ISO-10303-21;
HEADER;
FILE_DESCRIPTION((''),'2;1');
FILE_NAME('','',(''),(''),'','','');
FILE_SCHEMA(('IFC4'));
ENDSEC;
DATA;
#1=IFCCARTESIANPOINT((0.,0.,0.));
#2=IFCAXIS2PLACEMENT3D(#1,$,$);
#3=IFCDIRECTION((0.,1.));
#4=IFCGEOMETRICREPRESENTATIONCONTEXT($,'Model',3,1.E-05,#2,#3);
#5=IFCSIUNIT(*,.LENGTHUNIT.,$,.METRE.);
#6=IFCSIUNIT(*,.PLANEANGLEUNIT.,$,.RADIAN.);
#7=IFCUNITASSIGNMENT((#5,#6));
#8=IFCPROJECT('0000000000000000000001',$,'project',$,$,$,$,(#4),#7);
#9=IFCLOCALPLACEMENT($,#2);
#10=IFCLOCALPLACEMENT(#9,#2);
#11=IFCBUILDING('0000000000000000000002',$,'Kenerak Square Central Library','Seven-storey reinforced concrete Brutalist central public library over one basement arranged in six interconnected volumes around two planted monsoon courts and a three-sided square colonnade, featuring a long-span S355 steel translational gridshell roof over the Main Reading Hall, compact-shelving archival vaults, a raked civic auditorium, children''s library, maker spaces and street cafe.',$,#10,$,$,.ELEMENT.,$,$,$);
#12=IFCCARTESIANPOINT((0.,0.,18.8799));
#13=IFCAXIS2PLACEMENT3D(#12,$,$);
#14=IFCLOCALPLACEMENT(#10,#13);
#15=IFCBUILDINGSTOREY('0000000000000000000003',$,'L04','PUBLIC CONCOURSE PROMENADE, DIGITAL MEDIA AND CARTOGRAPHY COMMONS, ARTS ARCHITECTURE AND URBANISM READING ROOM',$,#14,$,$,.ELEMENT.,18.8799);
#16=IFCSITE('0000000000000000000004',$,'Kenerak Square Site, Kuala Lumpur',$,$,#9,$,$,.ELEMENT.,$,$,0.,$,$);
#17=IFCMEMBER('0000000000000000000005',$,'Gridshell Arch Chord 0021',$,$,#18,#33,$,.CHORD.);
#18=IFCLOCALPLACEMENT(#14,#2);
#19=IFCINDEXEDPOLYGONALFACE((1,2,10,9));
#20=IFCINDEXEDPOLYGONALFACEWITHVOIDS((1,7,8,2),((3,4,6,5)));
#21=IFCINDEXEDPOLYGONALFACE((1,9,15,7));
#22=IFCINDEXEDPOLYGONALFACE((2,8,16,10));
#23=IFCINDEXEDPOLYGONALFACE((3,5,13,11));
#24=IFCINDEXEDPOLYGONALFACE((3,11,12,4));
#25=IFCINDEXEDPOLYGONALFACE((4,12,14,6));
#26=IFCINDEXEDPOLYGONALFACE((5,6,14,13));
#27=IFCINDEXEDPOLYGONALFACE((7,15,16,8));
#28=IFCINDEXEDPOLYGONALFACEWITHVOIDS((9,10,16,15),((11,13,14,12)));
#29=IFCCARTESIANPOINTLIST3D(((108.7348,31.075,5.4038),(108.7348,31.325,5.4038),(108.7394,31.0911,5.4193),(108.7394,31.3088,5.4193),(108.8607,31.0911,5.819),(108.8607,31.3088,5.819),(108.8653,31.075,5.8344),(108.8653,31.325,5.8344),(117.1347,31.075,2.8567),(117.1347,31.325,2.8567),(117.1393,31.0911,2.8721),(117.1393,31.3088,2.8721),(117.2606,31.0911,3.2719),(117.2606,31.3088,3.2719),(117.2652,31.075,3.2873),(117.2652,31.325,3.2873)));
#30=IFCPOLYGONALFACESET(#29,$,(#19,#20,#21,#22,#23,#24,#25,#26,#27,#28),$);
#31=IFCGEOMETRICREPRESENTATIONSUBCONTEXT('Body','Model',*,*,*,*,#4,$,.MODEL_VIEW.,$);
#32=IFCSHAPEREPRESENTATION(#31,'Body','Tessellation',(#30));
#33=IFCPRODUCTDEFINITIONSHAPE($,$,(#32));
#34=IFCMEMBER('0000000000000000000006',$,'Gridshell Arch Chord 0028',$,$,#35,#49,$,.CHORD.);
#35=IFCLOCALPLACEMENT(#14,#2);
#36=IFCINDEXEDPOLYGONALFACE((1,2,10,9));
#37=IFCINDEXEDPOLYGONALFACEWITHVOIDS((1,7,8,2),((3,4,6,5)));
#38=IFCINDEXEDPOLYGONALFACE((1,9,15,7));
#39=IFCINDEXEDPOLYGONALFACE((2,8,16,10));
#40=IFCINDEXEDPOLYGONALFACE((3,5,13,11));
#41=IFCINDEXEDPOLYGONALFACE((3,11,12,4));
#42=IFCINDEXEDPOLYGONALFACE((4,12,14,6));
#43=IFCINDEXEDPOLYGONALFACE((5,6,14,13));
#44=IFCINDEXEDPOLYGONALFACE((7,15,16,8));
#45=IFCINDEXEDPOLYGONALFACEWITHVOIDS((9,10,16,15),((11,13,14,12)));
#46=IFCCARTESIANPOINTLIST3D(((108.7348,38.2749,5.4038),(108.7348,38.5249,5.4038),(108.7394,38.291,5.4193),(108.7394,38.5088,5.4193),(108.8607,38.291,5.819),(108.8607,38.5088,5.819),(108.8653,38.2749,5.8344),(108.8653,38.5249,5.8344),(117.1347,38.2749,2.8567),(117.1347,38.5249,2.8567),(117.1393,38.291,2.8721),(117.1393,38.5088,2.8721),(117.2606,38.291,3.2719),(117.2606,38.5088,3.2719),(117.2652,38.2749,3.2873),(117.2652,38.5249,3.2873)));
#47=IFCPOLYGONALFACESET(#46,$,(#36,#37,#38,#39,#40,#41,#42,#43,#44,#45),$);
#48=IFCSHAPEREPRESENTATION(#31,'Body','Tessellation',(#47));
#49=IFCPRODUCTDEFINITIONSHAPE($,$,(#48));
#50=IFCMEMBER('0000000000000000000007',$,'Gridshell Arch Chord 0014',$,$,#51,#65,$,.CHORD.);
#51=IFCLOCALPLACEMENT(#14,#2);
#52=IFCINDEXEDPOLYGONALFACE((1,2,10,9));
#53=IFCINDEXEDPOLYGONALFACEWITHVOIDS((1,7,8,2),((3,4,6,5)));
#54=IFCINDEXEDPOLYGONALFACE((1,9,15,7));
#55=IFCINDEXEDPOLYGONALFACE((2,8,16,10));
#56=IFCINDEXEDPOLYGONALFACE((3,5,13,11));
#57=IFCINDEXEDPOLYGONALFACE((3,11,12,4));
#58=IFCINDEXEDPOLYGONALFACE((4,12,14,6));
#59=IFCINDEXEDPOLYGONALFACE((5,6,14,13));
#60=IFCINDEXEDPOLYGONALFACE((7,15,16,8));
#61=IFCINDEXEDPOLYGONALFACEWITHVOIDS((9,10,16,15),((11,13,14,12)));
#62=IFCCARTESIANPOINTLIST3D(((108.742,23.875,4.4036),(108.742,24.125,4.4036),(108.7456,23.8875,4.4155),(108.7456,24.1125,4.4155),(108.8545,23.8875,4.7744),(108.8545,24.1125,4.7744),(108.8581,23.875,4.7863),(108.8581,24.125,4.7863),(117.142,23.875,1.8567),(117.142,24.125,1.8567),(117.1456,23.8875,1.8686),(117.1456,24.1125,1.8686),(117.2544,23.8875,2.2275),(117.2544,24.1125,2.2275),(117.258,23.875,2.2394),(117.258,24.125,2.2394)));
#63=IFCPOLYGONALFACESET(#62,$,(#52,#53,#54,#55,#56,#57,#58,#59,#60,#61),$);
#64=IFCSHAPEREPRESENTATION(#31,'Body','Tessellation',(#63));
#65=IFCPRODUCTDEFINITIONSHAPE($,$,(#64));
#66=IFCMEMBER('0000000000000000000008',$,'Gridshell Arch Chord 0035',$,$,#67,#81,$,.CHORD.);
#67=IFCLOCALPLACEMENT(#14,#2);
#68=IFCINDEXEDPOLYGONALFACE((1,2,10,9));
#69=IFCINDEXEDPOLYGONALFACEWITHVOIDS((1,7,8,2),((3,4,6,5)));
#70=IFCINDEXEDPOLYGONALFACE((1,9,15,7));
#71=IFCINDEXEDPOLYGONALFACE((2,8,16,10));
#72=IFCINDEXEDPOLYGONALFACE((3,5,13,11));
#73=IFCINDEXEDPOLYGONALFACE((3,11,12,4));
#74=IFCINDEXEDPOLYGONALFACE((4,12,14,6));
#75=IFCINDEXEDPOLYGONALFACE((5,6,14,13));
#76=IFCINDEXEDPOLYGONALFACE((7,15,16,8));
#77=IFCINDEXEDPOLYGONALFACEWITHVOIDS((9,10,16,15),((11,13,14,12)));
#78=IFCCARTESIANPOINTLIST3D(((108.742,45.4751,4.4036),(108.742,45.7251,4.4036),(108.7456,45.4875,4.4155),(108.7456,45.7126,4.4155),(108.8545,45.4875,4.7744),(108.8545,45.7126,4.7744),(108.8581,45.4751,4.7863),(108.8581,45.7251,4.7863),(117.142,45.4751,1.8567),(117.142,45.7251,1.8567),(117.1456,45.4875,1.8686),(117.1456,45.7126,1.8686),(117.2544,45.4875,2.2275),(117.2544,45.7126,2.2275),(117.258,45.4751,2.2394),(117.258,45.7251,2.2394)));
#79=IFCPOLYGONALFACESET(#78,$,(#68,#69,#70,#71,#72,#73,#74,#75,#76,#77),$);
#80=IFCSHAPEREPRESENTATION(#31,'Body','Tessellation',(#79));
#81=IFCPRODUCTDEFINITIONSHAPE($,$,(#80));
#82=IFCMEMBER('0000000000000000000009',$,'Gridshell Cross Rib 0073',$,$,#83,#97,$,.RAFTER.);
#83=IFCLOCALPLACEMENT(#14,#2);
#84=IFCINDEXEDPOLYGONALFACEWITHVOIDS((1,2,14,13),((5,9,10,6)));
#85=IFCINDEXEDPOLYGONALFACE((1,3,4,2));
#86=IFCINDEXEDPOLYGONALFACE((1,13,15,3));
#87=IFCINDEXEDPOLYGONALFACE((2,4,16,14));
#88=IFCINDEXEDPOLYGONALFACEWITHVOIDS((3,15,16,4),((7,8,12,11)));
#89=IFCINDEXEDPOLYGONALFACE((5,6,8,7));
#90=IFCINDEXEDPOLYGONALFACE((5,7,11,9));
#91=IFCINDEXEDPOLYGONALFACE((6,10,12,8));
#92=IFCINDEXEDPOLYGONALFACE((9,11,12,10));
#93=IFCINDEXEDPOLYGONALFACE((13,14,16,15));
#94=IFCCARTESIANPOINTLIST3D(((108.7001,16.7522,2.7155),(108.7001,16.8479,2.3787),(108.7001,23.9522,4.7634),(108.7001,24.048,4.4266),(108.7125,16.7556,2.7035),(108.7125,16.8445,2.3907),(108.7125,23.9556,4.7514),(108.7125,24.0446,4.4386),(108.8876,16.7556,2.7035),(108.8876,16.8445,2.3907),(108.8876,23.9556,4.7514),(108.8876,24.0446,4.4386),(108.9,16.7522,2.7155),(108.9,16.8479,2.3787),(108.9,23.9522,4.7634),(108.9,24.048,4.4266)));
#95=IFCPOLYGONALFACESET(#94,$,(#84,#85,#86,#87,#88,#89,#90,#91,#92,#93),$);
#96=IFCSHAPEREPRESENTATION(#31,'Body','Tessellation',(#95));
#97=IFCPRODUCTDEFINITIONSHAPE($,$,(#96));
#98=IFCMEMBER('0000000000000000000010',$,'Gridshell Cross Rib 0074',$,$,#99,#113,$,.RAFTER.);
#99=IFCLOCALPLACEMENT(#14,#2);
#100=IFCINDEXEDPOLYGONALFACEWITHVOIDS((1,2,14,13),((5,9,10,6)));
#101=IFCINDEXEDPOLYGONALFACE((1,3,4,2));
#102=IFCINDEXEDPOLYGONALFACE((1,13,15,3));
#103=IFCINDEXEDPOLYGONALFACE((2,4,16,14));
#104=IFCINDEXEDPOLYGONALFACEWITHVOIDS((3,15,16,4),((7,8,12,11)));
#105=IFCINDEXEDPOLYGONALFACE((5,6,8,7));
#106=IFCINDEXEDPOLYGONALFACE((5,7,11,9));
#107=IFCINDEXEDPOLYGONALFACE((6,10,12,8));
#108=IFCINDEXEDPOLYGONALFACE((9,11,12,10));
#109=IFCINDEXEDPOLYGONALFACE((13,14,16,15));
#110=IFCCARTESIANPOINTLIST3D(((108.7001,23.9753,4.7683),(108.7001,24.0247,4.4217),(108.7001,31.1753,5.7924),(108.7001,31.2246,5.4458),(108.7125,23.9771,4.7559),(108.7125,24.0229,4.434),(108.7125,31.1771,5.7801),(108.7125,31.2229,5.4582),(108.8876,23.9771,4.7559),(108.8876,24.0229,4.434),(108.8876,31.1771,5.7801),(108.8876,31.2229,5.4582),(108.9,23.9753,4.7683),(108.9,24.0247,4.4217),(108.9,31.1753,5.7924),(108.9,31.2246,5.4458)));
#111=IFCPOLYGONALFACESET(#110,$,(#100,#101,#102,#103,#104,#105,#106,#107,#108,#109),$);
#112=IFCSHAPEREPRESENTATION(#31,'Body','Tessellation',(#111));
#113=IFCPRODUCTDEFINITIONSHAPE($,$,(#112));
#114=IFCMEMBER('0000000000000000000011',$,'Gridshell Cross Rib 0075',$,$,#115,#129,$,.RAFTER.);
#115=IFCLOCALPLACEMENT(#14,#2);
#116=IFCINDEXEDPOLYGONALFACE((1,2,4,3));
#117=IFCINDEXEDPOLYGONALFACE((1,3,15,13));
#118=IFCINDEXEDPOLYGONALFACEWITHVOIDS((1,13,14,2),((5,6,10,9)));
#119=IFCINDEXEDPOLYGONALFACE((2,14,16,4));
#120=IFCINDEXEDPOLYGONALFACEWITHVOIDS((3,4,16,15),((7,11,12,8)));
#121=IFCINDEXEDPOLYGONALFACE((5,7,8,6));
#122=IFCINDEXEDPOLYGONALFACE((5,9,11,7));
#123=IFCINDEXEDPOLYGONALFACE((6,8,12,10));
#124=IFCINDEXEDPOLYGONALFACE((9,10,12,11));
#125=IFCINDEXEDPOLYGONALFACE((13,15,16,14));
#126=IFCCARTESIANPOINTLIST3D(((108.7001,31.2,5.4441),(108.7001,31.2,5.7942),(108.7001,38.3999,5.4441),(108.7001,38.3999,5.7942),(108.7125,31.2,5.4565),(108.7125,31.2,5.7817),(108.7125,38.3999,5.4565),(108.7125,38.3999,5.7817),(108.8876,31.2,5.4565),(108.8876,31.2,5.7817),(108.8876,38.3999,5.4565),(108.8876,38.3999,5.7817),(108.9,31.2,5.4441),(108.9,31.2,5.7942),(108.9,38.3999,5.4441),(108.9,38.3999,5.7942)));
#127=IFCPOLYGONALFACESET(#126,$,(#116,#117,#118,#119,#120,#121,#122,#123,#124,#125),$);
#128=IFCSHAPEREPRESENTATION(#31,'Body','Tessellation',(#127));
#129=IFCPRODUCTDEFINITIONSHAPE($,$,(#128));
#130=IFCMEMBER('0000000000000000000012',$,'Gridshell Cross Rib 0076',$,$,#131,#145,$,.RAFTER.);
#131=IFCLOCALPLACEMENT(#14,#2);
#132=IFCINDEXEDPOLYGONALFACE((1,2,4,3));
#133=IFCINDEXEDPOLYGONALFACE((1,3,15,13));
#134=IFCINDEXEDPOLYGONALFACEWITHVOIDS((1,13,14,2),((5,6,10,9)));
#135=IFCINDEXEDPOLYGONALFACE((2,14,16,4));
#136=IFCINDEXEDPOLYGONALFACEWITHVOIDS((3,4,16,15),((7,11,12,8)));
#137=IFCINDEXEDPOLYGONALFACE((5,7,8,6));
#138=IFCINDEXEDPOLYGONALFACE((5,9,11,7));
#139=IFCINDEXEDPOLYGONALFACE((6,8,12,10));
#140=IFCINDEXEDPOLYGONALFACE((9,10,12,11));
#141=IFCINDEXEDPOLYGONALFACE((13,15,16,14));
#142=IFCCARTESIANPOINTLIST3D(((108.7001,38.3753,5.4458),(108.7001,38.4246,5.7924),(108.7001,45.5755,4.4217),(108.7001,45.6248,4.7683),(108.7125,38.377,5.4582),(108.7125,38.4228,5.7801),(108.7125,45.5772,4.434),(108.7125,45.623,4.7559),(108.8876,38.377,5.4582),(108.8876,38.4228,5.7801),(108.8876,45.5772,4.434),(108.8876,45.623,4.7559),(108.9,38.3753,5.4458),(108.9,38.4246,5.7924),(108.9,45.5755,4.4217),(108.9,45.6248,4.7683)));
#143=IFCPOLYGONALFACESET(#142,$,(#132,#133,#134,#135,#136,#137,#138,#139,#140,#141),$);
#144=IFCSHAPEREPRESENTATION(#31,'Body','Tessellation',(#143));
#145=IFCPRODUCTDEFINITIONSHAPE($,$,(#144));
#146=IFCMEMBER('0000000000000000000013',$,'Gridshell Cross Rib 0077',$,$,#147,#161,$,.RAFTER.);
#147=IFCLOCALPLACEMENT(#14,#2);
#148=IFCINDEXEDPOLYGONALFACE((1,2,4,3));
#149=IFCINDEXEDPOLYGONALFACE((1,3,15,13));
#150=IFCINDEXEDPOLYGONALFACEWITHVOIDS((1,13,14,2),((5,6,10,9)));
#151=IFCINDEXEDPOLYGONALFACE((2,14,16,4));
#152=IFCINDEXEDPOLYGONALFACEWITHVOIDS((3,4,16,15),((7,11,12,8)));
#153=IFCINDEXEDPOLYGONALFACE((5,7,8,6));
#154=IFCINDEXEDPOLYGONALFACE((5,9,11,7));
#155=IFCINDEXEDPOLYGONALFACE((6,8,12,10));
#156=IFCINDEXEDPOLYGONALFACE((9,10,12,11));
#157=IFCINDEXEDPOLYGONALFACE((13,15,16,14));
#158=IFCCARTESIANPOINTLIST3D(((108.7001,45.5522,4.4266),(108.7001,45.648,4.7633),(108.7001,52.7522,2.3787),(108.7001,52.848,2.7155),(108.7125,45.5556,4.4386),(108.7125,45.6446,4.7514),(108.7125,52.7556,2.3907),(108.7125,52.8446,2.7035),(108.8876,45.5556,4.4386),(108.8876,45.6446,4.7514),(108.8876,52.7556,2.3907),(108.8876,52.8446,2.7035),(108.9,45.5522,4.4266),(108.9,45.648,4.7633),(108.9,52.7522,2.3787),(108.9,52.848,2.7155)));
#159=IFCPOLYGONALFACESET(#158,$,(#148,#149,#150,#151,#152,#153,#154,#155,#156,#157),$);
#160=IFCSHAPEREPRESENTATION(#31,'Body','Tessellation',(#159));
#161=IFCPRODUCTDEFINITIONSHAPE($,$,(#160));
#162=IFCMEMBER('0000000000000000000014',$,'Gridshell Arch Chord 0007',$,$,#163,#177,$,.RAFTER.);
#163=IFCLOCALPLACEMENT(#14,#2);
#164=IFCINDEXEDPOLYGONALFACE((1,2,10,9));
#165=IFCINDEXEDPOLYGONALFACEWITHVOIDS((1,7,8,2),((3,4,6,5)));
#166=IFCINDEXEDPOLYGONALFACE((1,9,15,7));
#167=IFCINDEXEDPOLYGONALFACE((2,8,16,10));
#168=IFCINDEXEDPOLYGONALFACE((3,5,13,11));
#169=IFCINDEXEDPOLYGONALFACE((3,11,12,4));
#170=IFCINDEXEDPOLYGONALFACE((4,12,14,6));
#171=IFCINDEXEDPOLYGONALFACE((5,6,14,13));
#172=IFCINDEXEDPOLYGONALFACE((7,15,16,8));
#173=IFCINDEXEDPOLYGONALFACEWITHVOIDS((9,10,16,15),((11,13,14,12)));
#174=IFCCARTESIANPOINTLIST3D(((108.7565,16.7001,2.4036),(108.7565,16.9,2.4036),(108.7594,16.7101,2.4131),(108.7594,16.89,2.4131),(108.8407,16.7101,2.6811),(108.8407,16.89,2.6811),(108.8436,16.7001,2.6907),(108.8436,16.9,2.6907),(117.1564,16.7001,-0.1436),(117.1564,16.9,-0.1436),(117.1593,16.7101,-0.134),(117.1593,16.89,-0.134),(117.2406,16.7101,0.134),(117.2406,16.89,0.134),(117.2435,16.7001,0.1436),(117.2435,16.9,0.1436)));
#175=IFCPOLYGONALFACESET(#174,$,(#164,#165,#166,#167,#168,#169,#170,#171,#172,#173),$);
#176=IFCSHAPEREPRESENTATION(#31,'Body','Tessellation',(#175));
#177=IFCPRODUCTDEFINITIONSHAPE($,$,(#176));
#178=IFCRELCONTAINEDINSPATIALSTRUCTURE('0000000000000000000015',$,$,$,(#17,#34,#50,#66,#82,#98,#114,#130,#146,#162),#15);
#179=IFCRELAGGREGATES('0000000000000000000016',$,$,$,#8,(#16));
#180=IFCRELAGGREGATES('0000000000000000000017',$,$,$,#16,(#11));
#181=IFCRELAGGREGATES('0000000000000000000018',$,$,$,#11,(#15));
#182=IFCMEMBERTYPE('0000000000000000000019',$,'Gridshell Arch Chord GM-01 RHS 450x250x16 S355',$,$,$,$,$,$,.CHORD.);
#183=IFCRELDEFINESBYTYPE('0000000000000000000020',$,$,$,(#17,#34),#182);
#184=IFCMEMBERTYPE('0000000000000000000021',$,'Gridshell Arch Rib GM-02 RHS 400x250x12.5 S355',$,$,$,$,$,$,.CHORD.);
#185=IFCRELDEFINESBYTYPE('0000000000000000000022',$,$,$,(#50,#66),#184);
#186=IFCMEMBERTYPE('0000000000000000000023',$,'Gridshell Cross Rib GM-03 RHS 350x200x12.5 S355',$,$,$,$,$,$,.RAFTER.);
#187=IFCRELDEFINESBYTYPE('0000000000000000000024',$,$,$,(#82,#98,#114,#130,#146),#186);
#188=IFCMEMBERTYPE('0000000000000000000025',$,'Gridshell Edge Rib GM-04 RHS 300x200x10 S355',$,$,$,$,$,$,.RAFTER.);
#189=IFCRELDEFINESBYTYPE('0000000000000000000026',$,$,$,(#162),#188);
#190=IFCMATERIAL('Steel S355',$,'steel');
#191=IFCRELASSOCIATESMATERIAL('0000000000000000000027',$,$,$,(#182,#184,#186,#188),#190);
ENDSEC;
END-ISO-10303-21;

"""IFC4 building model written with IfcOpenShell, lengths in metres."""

from ifc_helpers import new_model, si_unit, direction, frame, origin, origin_2d, place, context, subcontext, project, spatial, hollow_rectangle, extrude, material, material_profile, profile_set, type_object, element, save


model = new_model("IFC4")

# Units and contexts
model_context = context("Model", 3, precision=1e-05, world=origin(), true_north=direction((0.0, 1.0)))
body_context = subcontext(model_context, "Body", "Model", "MODEL_VIEW")
ifc_project = project(units=[si_unit("LENGTHUNIT", "METRE"), si_unit("PLANEANGLEUNIT", "RADIAN")], contexts=[model_context])

# Site, building, storey
site_placement = place(None, origin())
site = spatial("IfcSite", under=ifc_project, at=site_placement, Name="Kenerak Square Site, Kuala Lumpur", CompositionType="ELEMENT", RefElevation=0.0)
building_placement = place(site_placement, origin())
building = spatial("IfcBuilding", under=site, at=building_placement, Name="Kenerak Square Central Library", Description="Seven-storey reinforced concrete Brutalist central public library over one basement arranged in six interconnected volumes around two planted monsoon courts and a three-sided square colonnade, featuring a long-span S355 steel translational gridshell roof over the Main Reading Hall, compact-shelving archival vaults, a raked civic auditorium, children's library, maker spaces and street cafe.", CompositionType="ELEMENT")
storey_placement = place(building_placement, frame((0.0, 0.0, 18.8799)))
storey = spatial("IfcBuildingStorey", under=building, at=storey_placement, Name="L04", Description="PUBLIC CONCOURSE PROMENADE, DIGITAL MEDIA AND CARTOGRAPHY COMMONS, ARTS ARCHITECTURE AND URBANISM READING ROOM", CompositionType="ELEMENT", Elevation=18.8799)

# Members
ifc_material = material(Name="Steel S355", Category="steel")
ifc_material_profile_1 = material_profile(ifc_material, hollow_rectangle(XDim=0.25, YDim=0.45, WallThickness=0.0161, at=origin_2d()), Name="RHS 450x250x16.0")
ifc_profile_set_1 = profile_set([ifc_material_profile_1], Name="Steel S355")
member_type_1 = type_object("IfcMemberType", Name="Gridshell Arch Chord GM-01 RHS 450x250x16 S355", PredefinedType="CHORD", material=ifc_profile_set_1)
for number, where, z_axis, x_axis, name in (
    (1, (108.8, 31.2, 5.6191), (0.956971, 0.0, -0.290184), (0.0, 1.0, 0.0), "Gridshell Arch Chord 0021"),
    (2, (108.8, 38.3999, 5.6191), (0.956971, 0.0, -0.290184), (0.0, 1.0, 0.0), "Gridshell Arch Chord 0028"),
):
    element("IfcMember", number, at=place(storey_placement, frame(where, z_axis=z_axis, x_axis=x_axis)), inside=storey, type_object=member_type_1, Name=name, PredefinedType="CHORD", context=body_context, shape_type="SweptSolid", body=[
        extrude(hollow_rectangle(XDim=0.25, YDim=0.45, WallThickness=0.0161, at=origin_2d()), origin(), (0.0, 0.0, 1.0), 8.7776),
    ])
ifc_material_profile_2 = material_profile(ifc_material, hollow_rectangle(XDim=0.25, YDim=0.3999, WallThickness=0.0125, at=origin_2d()), Name="RHS 400x250x12.5")
ifc_profile_set_2 = profile_set([ifc_material_profile_2], Name="Steel S355")
member_type_2 = type_object("IfcMemberType", Name="Gridshell Arch Rib GM-02 RHS 400x250x12.5 S355", PredefinedType="CHORD", material=ifc_profile_set_2)
for number, where, z_axis, x_axis, name in (
    (3, (108.8, 24.0, 4.595), (0.956979, 0.0, -0.290159), (0.0, 1.0, 0.0), "Gridshell Arch Chord 0014"),
    (4, (108.8, 45.6001, 4.595), (0.956979, 0.0, -0.290159), (0.0, 1.0, 0.0), "Gridshell Arch Chord 0035"),
):
    element("IfcMember", number, at=place(storey_placement, frame(where, z_axis=z_axis, x_axis=x_axis)), inside=storey, type_object=member_type_2, Name=name, PredefinedType="CHORD", context=body_context, shape_type="SweptSolid", body=[
        extrude(hollow_rectangle(XDim=0.25, YDim=0.3999, WallThickness=0.0125, at=origin_2d()), origin(), (0.0, 0.0, 1.0), 8.7776),
    ])
ifc_material_profile_3 = material_profile(ifc_material, hollow_rectangle(XDim=0.2, YDim=0.3501, WallThickness=0.0125, at=origin_2d()), Name="RHS 350x200x12.5")
ifc_profile_set_3 = profile_set([ifc_material_profile_3], Name="Steel S355")
member_type_3 = type_object("IfcMemberType", Name="Gridshell Cross Rib GM-03 RHS 350x200x12.5 S355", PredefinedType="RAFTER", material=ifc_profile_set_3)
member_1_placement = place(storey_placement, frame((108.8, 16.8, 2.5471), z_axis=(0.0, 0.961851, 0.273575), x_axis=(-1.0, 0.0, 0.0)))
element("IfcMember", 5, at=member_1_placement, inside=storey, type_object=member_type_3, Name="Gridshell Cross Rib 0073", PredefinedType="RAFTER", context=body_context, shape_type="SweptSolid", body=[
    extrude(hollow_rectangle(XDim=0.2, YDim=0.3501, WallThickness=0.0125, at=origin_2d()), origin(), (0.0, 0.0, 1.0), 7.4856),
])
member_2_placement = place(storey_placement, frame((108.8, 24.0, 4.595), z_axis=(0.0, 0.990034, 0.140829), x_axis=(-1.0, 0.0, 0.0)))
element("IfcMember", 6, at=member_2_placement, inside=storey, type_object=member_type_3, Name="Gridshell Cross Rib 0074", PredefinedType="RAFTER", context=body_context, shape_type="SweptSolid", body=[
    extrude(hollow_rectangle(XDim=0.2, YDim=0.3501, WallThickness=0.0125, at=origin_2d()), origin(), (0.0, 0.0, 1.0), 7.2725),
])
member_3_placement = place(storey_placement, frame((108.8, 31.2, 5.6191), z_axis=(0.0, 1.0, 0.0), x_axis=(-1.0, 0.0, 0.0)))
element("IfcMember", 7, at=member_3_placement, inside=storey, type_object=member_type_3, Name="Gridshell Cross Rib 0075", PredefinedType="RAFTER", context=body_context, shape_type="SweptSolid", body=[
    extrude(hollow_rectangle(XDim=0.2, YDim=0.3501, WallThickness=0.0125, at=origin_2d()), origin(), (0.0, 0.0, 1.0), 7.2),
])
member_4_placement = place(storey_placement, frame((108.8, 38.3999, 5.6191), z_axis=(0.0, 0.990035, -0.140824), x_axis=(-1.0, 0.0, 0.0)))
element("IfcMember", 8, at=member_4_placement, inside=storey, type_object=member_type_3, Name="Gridshell Cross Rib 0076", PredefinedType="RAFTER", context=body_context, shape_type="SweptSolid", body=[
    extrude(hollow_rectangle(XDim=0.2, YDim=0.3501, WallThickness=0.0125, at=origin_2d()), origin(), (0.0, 0.0, 1.0), 7.2727),
])
member_5_placement = place(storey_placement, frame((108.8, 45.6001, 4.595), z_axis=(0.0, 0.961851, -0.273575), x_axis=(-1.0, 0.0, 0.0)))
element("IfcMember", 9, at=member_5_placement, inside=storey, type_object=member_type_3, Name="Gridshell Cross Rib 0077", PredefinedType="RAFTER", context=body_context, shape_type="SweptSolid", body=[
    extrude(hollow_rectangle(XDim=0.2, YDim=0.3501, WallThickness=0.0125, at=origin_2d()), origin(), (0.0, 0.0, 1.0), 7.4856),
])
ifc_material_profile_4 = material_profile(ifc_material, hollow_rectangle(XDim=0.2, YDim=0.3, WallThickness=0.01, at=origin_2d()), Name="RHS 300x200x10.0")
ifc_profile_set_4 = profile_set([ifc_material_profile_4], Name="Steel S355")
member_type_4 = type_object("IfcMemberType", Name="Gridshell Edge Rib GM-04 RHS 300x200x10 S355", PredefinedType="RAFTER", material=ifc_profile_set_4)
member_6_placement = place(storey_placement, frame((108.8, 16.8, 2.5471), z_axis=(0.956971, 0.0, -0.290184), x_axis=(0.0, 1.0, 0.0)))
element("IfcMember", 10, at=member_6_placement, inside=storey, type_object=member_type_4, Name="Gridshell Arch Chord 0007", PredefinedType="RAFTER", context=body_context, shape_type="SweptSolid", body=[
    extrude(hollow_rectangle(XDim=0.2, YDim=0.3, WallThickness=0.01, at=origin_2d()), origin(), (0.0, 0.0, 1.0), 8.7776),
])

save(model, "model.ifc")
